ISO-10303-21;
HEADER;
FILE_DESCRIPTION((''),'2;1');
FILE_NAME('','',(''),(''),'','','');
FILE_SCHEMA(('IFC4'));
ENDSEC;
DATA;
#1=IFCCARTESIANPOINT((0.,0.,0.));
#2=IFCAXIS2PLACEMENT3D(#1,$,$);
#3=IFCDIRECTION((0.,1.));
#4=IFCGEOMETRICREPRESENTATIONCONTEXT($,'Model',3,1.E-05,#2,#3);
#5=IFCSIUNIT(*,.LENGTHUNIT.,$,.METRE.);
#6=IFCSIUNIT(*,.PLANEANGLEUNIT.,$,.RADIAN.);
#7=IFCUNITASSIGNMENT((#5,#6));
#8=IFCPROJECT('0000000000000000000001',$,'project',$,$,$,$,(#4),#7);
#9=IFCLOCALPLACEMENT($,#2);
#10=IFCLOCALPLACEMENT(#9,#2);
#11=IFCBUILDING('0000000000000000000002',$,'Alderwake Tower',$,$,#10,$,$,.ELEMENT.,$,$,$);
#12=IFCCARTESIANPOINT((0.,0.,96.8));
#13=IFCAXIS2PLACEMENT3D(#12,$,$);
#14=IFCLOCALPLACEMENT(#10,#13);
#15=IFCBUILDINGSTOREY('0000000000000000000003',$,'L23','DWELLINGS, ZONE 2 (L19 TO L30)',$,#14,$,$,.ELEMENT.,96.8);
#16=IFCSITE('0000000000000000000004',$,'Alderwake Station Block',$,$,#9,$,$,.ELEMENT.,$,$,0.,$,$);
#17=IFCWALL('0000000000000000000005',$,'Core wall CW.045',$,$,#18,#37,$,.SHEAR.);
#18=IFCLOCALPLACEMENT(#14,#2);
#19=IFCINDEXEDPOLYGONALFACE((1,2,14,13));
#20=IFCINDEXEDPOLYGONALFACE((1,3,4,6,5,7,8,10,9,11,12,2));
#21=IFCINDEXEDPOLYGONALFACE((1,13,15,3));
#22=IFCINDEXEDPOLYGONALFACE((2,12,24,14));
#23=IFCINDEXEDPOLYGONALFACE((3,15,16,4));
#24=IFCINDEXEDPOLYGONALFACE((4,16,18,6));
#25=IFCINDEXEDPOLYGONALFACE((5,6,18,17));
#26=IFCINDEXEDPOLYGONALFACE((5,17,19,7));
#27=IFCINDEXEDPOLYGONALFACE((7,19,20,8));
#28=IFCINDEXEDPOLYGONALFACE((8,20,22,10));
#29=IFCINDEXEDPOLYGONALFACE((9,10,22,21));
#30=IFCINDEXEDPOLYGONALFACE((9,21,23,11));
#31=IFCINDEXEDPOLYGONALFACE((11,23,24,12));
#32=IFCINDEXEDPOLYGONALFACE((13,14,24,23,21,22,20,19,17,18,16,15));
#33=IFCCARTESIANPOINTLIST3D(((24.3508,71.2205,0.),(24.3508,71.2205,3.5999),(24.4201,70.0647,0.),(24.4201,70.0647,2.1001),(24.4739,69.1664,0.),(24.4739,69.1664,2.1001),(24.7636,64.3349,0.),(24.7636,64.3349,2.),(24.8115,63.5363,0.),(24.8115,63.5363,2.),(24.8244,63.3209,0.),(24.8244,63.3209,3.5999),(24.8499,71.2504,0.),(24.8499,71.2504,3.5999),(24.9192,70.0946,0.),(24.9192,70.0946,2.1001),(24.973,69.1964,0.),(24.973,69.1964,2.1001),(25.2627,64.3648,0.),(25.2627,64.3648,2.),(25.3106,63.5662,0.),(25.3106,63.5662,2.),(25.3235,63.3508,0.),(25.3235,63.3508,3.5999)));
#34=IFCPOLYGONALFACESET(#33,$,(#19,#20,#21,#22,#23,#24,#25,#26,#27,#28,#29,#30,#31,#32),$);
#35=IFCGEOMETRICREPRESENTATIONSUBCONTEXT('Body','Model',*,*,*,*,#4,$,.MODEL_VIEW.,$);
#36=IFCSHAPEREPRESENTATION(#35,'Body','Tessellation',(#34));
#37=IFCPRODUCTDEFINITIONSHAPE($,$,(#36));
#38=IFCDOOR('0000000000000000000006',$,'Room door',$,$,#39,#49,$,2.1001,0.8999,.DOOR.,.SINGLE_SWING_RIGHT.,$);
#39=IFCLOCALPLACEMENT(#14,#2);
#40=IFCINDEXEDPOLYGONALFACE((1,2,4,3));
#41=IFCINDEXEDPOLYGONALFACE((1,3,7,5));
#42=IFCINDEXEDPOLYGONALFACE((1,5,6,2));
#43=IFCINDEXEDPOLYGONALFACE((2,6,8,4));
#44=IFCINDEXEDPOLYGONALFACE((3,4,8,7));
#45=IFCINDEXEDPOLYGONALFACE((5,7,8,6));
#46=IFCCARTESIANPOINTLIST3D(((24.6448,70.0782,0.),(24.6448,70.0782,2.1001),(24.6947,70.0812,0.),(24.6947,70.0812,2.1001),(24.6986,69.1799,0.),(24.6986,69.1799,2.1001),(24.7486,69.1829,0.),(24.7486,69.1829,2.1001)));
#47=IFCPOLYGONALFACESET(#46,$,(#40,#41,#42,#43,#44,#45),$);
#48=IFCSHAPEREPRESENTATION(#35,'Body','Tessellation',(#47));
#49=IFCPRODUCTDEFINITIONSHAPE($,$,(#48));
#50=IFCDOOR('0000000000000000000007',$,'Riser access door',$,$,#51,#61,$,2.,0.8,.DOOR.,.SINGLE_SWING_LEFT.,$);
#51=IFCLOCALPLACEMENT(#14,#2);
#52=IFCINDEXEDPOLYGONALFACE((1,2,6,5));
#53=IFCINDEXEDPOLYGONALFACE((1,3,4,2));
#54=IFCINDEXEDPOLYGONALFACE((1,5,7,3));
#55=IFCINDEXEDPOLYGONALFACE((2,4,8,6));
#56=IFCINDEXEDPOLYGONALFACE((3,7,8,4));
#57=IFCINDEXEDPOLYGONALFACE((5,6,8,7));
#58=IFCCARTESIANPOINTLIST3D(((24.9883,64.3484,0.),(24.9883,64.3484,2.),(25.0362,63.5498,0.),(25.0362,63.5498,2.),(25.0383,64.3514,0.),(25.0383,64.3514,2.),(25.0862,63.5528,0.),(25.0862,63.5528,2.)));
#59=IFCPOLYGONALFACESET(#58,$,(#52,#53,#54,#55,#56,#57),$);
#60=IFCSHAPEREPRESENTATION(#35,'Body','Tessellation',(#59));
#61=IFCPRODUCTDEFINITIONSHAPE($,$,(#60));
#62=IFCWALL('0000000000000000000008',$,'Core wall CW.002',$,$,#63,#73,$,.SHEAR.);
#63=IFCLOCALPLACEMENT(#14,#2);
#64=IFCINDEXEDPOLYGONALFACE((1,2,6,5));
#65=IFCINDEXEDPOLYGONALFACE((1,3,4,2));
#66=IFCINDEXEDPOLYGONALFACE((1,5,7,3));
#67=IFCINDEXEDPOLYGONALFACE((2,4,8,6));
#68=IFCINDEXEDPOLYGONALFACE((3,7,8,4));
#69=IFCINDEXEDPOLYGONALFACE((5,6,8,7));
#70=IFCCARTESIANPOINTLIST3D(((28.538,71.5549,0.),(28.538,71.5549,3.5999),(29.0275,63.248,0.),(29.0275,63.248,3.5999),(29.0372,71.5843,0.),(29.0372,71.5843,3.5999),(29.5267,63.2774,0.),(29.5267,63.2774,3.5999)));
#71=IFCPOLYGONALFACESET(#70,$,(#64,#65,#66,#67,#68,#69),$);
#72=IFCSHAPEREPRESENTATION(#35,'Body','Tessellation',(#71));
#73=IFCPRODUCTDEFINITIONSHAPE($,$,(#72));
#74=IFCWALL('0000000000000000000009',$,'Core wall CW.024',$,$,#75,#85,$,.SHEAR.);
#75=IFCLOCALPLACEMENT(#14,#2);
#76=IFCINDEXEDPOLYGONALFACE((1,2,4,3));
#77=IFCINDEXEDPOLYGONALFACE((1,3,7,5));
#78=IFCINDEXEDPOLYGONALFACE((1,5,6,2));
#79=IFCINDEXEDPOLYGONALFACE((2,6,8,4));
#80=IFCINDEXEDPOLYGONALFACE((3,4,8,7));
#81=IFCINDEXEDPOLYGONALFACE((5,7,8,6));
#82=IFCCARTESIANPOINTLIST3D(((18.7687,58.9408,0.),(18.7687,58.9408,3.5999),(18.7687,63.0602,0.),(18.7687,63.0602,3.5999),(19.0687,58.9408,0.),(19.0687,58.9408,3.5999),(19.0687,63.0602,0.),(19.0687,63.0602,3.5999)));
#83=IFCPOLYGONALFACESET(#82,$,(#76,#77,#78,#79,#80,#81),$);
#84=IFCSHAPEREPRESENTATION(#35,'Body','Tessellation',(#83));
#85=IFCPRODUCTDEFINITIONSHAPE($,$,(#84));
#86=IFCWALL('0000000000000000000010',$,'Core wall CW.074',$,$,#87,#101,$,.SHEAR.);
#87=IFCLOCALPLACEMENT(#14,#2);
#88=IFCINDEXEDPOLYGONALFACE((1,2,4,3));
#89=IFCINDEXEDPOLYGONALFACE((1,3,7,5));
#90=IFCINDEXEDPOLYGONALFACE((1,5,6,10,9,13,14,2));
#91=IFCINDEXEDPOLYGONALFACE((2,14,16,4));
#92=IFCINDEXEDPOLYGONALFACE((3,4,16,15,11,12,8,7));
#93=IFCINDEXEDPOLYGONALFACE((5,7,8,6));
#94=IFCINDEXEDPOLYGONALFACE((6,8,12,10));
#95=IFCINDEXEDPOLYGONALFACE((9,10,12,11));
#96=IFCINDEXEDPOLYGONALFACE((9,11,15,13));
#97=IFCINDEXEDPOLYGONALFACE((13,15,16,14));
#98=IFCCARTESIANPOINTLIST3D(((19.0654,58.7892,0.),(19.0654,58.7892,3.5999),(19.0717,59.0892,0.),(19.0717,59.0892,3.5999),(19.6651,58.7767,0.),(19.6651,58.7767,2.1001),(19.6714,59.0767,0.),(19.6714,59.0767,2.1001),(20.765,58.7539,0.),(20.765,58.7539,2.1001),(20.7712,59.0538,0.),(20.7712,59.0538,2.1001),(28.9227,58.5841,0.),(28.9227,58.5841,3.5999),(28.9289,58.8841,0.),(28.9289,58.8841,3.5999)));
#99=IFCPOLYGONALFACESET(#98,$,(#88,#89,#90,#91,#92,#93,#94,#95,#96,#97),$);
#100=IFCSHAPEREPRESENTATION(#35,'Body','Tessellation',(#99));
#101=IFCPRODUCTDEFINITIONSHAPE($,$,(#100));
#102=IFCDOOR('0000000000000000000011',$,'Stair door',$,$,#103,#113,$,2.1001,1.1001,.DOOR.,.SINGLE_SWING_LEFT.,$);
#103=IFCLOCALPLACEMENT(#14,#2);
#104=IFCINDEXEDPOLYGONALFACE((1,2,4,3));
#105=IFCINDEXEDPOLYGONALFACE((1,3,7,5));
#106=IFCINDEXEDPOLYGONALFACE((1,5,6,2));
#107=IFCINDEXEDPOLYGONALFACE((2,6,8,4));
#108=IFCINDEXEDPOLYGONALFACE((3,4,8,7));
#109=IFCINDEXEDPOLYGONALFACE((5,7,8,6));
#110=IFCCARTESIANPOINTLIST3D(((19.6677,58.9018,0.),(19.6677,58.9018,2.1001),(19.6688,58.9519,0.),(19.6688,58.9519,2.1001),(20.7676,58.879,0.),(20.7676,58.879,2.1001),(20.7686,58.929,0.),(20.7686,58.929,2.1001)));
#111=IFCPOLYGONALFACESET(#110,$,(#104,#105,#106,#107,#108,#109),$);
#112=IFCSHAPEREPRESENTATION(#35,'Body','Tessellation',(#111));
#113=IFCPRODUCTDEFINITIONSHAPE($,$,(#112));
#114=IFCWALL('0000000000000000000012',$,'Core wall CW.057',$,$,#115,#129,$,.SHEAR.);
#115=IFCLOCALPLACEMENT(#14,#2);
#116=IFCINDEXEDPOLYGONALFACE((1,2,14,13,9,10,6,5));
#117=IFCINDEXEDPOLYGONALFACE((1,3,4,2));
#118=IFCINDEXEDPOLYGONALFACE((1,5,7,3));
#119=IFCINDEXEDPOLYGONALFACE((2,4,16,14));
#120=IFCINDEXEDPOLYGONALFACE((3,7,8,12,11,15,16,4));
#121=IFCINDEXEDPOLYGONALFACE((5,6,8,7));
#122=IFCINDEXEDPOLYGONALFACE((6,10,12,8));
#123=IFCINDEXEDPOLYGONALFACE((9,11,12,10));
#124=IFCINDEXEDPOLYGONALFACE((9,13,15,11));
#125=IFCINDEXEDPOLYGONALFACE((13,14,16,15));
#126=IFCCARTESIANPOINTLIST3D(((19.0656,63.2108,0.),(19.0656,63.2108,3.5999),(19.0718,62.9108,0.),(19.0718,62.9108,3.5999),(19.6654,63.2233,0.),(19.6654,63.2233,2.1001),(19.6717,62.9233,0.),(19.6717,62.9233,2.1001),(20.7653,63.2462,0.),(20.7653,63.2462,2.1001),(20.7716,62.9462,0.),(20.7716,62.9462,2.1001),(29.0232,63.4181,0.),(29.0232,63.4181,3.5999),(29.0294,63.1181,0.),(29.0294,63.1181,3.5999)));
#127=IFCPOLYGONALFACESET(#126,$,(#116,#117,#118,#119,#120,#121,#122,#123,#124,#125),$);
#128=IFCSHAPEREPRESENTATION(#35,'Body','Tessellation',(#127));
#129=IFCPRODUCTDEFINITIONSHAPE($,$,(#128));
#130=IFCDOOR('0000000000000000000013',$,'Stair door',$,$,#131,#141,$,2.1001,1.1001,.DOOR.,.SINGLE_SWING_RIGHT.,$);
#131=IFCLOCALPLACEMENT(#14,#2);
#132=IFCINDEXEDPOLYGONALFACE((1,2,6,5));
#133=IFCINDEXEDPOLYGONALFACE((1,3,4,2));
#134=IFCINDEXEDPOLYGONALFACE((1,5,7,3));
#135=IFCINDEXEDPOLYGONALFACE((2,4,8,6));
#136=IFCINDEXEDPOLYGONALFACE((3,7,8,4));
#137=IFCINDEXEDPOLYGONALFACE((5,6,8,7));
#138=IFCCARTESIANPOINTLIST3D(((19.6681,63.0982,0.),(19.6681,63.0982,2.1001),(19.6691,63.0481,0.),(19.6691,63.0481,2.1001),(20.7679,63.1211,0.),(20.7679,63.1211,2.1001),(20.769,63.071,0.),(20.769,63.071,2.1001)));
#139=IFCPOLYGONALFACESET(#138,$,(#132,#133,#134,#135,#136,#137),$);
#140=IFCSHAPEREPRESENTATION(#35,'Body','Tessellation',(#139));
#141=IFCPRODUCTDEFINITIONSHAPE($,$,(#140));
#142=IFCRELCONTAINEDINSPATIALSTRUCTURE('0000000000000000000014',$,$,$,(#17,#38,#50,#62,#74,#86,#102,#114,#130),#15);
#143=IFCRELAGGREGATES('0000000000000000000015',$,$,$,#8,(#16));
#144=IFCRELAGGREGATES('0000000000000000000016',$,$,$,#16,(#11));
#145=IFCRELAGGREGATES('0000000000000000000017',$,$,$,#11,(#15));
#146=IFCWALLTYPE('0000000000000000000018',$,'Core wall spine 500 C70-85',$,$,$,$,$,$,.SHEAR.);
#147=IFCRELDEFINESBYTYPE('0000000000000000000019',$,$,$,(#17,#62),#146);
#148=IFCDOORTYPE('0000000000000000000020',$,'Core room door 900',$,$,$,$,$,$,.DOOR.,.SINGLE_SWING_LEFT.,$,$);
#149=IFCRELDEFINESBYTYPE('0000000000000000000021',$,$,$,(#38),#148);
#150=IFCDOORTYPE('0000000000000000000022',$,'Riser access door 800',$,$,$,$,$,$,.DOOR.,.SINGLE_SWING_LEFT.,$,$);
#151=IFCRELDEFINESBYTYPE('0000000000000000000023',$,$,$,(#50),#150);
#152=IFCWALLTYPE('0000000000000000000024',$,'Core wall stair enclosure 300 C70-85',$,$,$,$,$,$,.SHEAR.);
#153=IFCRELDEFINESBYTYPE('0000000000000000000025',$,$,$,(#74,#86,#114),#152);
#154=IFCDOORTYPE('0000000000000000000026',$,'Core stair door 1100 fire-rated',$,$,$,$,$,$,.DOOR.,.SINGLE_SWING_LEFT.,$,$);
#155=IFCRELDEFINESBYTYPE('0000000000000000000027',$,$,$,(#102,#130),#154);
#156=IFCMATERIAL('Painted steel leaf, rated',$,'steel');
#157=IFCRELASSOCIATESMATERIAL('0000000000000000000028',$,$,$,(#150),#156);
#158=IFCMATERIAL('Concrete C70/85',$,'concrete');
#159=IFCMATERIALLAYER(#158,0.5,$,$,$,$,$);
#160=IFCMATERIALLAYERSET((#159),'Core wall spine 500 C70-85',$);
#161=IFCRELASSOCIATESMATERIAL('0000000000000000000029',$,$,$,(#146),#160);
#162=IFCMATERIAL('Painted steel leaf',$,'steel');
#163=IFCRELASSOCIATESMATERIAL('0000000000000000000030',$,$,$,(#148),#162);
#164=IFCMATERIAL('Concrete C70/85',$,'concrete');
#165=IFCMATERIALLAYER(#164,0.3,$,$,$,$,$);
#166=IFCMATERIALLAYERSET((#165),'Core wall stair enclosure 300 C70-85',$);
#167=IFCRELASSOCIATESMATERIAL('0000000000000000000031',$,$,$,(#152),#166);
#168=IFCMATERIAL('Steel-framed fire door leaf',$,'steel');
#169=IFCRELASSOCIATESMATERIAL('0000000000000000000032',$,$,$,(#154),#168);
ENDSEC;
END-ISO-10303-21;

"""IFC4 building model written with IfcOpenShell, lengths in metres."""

from ifc_helpers import new_model, si_unit, direction, frame, frame_2d, origin, place, context, subcontext, project, spatial, rectangle, extrude, material, layer, layer_set, type_object, element, fill, save


model = new_model("IFC4")

# Units and contexts
model_context = context("Model", 3, precision=1e-05, world=origin(), true_north=direction((0.0, 1.0)))
body_context = subcontext(model_context, "Body", "Model", "MODEL_VIEW")
ifc_project = project(units=[si_unit("LENGTHUNIT", "METRE"), si_unit("PLANEANGLEUNIT", "RADIAN")], contexts=[model_context])

# Site, building, storey
site_placement = place(None, origin())
site = spatial("IfcSite", under=ifc_project, at=site_placement, Name="Alderwake Station Block", CompositionType="ELEMENT", RefElevation=0.0)
building_placement = place(site_placement, origin())
building = spatial("IfcBuilding", under=site, at=building_placement, Name="Alderwake Tower", CompositionType="ELEMENT")
storey_placement = place(building_placement, frame((0.0, 0.0, 96.8)))
storey = spatial("IfcBuildingStorey", under=building, at=storey_placement, Name="L23", Description="DWELLINGS, ZONE 2 (L19 TO L30)", CompositionType="ELEMENT", Elevation=96.8)

# Shared definitions
ifc_material_1 = material(Name="Painted steel leaf, rated", Category="steel")
door_type_1 = type_object("IfcDoorType", Name="Riser access door 800", OperationType="SINGLE_SWING_LEFT", PredefinedType="DOOR", material=ifc_material_1)

# Shared definitions
ifc_material_2 = material(Name="Concrete C70/85", Category="concrete")
ifc_layer_1 = layer(ifc_material_2, 0.5)
ifc_layer_set_1 = layer_set([ifc_layer_1], Name="Core wall spine 500 C70-85")
wall_type_1 = type_object("IfcWallType", Name="Core wall spine 500 C70-85", PredefinedType="SHEAR", material=ifc_layer_set_1)

# Wall, openings, doors
wall_1_placement = place(storey_placement, frame((25.074, 63.3357, 0.0), z_axis=(0.0, 0.0, 1.0), x_axis=(-0.059849, 0.998207, 0.0)))
wall_1 = element("IfcWall", 1, at=wall_1_placement, inside=storey, type_object=wall_type_1, Name="Core wall CW.045", PredefinedType="SHEAR", context=body_context, shape_type="SweptSolid", body=[
    extrude(rectangle(XDim=7.9138, YDim=0.5, at=frame_2d((3.957, 0.0))), origin(), (0.0, 0.0, 1.0), 3.5999),
])
opening_1_placement = place(wall_1_placement, frame((0.2161, 0.0, 0.0)))
opening_1 = element("IfcOpeningElement", 2, at=opening_1_placement, cuts=wall_1, PredefinedType="OPENING", context=body_context, shape_type="SweptSolid", body=[
    extrude(rectangle(XDim=0.8, YDim=2.0, at=frame_2d((0.3999, 1.0))), frame((0.0, 0.26, 0.0), z_axis=(0.0, -1.0, 0.0), x_axis=(1.0, 0.0, 0.0)), (0.0, 0.0, 1.0), 0.52),
])
opening_2_placement = place(wall_1_placement, frame((5.8562, 0.0, 0.0)))
opening_2 = element("IfcOpeningElement", 3, at=opening_2_placement, cuts=wall_1, PredefinedType="OPENING", context=body_context, shape_type="SweptSolid", body=[
    extrude(rectangle(XDim=0.8999, YDim=2.1001, at=frame_2d((0.45, 1.05))), frame((0.0, 0.26, 0.0), z_axis=(0.0, -1.0, 0.0), x_axis=(1.0, 0.0, 0.0)), (0.0, 0.0, 1.0), 0.52),
])
ifc_material_3 = material(Name="Painted steel leaf", Category="steel")
door_type_2 = type_object("IfcDoorType", Name="Core room door 900", OperationType="SINGLE_SWING_LEFT", PredefinedType="DOOR", material=ifc_material_3)
door_1_placement = place(opening_2_placement, origin())
door_1 = element("IfcDoor", 4, at=door_1_placement, inside=storey, type_object=door_type_2, Name="Room door", OperationType="SINGLE_SWING_RIGHT", OverallHeight=2.1001, OverallWidth=0.8999, PredefinedType="DOOR", context=body_context, shape_type="SweptSolid", body=[
    extrude(rectangle(XDim=0.8999, YDim=2.1001, at=frame_2d((0.45, 1.05))), frame((0.0, 0.0249, 0.0), z_axis=(0.0, -1.0, 0.0), x_axis=(1.0, 0.0, 0.0)), (0.0, 0.0, 1.0), 0.05),
])
fill(opening_2, door_1)
door_2_placement = place(opening_1_placement, origin())
door_2 = element("IfcDoor", 5, at=door_2_placement, inside=storey, type_object=door_type_1, Name="Riser access door", OperationType="SINGLE_SWING_LEFT", OverallHeight=2.0, OverallWidth=0.8, PredefinedType="DOOR", context=body_context, shape_type="SweptSolid", body=[
    extrude(rectangle(XDim=0.8, YDim=2.0, at=frame_2d((0.3999, 1.0))), frame((0.0, 0.0249, 0.0), z_axis=(0.0, -1.0, 0.0), x_axis=(1.0, 0.0, 0.0)), (0.0, 0.0, 1.0), 0.05),
])
fill(opening_1, door_2)

# Walls
wall_2_placement = place(storey_placement, frame((29.2771, 63.2627, 0.0), z_axis=(0.0, 0.0, 1.0), x_axis=(-0.058825, 0.998268, 0.0)))
element("IfcWall", 6, at=wall_2_placement, inside=storey, type_object=wall_type_1, Name="Core wall CW.002", PredefinedType="SHEAR", context=body_context, shape_type="SweptSolid", body=[
    extrude(rectangle(XDim=8.3213, YDim=0.5, at=frame_2d((4.1606, 0.0))), origin(), (0.0, 0.0, 1.0), 3.5999),
])
ifc_material_4 = material(Name="Concrete C70/85", Category="concrete")
ifc_layer_2 = layer(ifc_material_4, 0.3)
ifc_layer_set_2 = layer_set([ifc_layer_2], Name="Core wall stair enclosure 300 C70-85")
wall_type_2 = type_object("IfcWallType", Name="Core wall stair enclosure 300 C70-85", PredefinedType="SHEAR", material=ifc_layer_set_2)
wall_3_placement = place(storey_placement, frame((18.9187, 58.9409, 0.0), z_axis=(0.0, 0.0, 1.0), x_axis=(0.0, 1.0, 0.0)))
element("IfcWall", 7, at=wall_3_placement, inside=storey, type_object=wall_type_2, Name="Core wall CW.024", PredefinedType="SHEAR", context=body_context, shape_type="SweptSolid", body=[
    extrude(rectangle(XDim=4.1194, YDim=0.3, at=frame_2d((2.0596, 0.0))), origin(), (0.0, 0.0, 1.0), 3.5999),
])

# Walls, openings, doors
wall_4_placement = place(storey_placement, frame((28.9258, 58.7341, 0.0), z_axis=(0.0, 0.0, 1.0), x_axis=(-0.999784, 0.0208, 0.0)))
wall_4 = element("IfcWall", 8, at=wall_4_placement, inside=storey, type_object=wall_type_2, Name="Core wall CW.074", PredefinedType="SHEAR", context=body_context, shape_type="SweptSolid", body=[
    extrude(rectangle(XDim=9.8594, YDim=0.3, at=frame_2d((4.9297, 0.0))), origin(), (0.0, 0.0, 1.0), 3.5999),
])
opening_3_placement = place(wall_4_placement, frame((8.1594, 0.0, 0.0)))
opening_3 = element("IfcOpeningElement", 9, at=opening_3_placement, cuts=wall_4, PredefinedType="OPENING", context=body_context, shape_type="SweptSolid", body=[
    extrude(rectangle(XDim=1.1001, YDim=2.1001, at=frame_2d((0.55, 1.05))), frame((0.0, 0.1599, 0.0), z_axis=(0.0, -1.0, 0.0), x_axis=(1.0, 0.0, 0.0)), (0.0, 0.0, 1.0), 0.3201),
])
ifc_material_5 = material(Name="Steel-framed fire door leaf", Category="steel")
door_type_3 = type_object("IfcDoorType", Name="Core stair door 1100 fire-rated", OperationType="SINGLE_SWING_LEFT", PredefinedType="DOOR", material=ifc_material_5)
door_3_placement = place(opening_3_placement, origin())
door_3 = element("IfcDoor", 10, at=door_3_placement, inside=storey, type_object=door_type_3, Name="Stair door", OperationType="SINGLE_SWING_LEFT", OverallHeight=2.1001, OverallWidth=1.1001, PredefinedType="DOOR", context=body_context, shape_type="SweptSolid", body=[
    extrude(rectangle(XDim=1.1001, YDim=2.1001, at=frame_2d((0.55, 1.05))), frame((0.0, 0.0249, 0.0), z_axis=(0.0, -1.0, 0.0), x_axis=(1.0, 0.0, 0.0)), (0.0, 0.0, 1.0), 0.05),
])
fill(opening_3, door_3)
wall_5_placement = place(storey_placement, frame((19.0686, 63.0608, 0.0), z_axis=(0.0, 0.0, 1.0), x_axis=(0.999783, 0.020811, 0.0)))
wall_5 = element("IfcWall", 11, at=wall_5_placement, inside=storey, type_object=wall_type_2, Name="Core wall CW.057", PredefinedType="SHEAR", context=body_context, shape_type="SweptSolid", body=[
    extrude(rectangle(XDim=9.9597, YDim=0.3, at=frame_2d((4.98, 0.0))), origin(), (0.0, 0.0, 1.0), 3.5999),
])
opening_4_placement = place(wall_5_placement, frame((0.6001, 0.0, 0.0)))
opening_4 = element("IfcOpeningElement", 12, at=opening_4_placement, cuts=wall_5, PredefinedType="OPENING", context=body_context, shape_type="SweptSolid", body=[
    extrude(rectangle(XDim=1.1001, YDim=2.1001, at=frame_2d((0.55, 1.05))), frame((0.0, 0.1599, 0.0), z_axis=(0.0, -1.0, 0.0), x_axis=(1.0, 0.0, 0.0)), (0.0, 0.0, 1.0), 0.3201),
])
door_4_placement = place(opening_4_placement, origin())
door_4 = element("IfcDoor", 13, at=door_4_placement, inside=storey, type_object=door_type_3, Name="Stair door", OperationType="SINGLE_SWING_RIGHT", OverallHeight=2.1001, OverallWidth=1.1001, PredefinedType="DOOR", context=body_context, shape_type="SweptSolid", body=[
    extrude(rectangle(XDim=1.1001, YDim=2.1001, at=frame_2d((0.55, 1.05))), frame((0.0, 0.0249, 0.0), z_axis=(0.0, -1.0, 0.0), x_axis=(1.0, 0.0, 0.0)), (0.0, 0.0, 1.0), 0.05),
])
fill(opening_4, door_4)

save(model, "model.ifc")
